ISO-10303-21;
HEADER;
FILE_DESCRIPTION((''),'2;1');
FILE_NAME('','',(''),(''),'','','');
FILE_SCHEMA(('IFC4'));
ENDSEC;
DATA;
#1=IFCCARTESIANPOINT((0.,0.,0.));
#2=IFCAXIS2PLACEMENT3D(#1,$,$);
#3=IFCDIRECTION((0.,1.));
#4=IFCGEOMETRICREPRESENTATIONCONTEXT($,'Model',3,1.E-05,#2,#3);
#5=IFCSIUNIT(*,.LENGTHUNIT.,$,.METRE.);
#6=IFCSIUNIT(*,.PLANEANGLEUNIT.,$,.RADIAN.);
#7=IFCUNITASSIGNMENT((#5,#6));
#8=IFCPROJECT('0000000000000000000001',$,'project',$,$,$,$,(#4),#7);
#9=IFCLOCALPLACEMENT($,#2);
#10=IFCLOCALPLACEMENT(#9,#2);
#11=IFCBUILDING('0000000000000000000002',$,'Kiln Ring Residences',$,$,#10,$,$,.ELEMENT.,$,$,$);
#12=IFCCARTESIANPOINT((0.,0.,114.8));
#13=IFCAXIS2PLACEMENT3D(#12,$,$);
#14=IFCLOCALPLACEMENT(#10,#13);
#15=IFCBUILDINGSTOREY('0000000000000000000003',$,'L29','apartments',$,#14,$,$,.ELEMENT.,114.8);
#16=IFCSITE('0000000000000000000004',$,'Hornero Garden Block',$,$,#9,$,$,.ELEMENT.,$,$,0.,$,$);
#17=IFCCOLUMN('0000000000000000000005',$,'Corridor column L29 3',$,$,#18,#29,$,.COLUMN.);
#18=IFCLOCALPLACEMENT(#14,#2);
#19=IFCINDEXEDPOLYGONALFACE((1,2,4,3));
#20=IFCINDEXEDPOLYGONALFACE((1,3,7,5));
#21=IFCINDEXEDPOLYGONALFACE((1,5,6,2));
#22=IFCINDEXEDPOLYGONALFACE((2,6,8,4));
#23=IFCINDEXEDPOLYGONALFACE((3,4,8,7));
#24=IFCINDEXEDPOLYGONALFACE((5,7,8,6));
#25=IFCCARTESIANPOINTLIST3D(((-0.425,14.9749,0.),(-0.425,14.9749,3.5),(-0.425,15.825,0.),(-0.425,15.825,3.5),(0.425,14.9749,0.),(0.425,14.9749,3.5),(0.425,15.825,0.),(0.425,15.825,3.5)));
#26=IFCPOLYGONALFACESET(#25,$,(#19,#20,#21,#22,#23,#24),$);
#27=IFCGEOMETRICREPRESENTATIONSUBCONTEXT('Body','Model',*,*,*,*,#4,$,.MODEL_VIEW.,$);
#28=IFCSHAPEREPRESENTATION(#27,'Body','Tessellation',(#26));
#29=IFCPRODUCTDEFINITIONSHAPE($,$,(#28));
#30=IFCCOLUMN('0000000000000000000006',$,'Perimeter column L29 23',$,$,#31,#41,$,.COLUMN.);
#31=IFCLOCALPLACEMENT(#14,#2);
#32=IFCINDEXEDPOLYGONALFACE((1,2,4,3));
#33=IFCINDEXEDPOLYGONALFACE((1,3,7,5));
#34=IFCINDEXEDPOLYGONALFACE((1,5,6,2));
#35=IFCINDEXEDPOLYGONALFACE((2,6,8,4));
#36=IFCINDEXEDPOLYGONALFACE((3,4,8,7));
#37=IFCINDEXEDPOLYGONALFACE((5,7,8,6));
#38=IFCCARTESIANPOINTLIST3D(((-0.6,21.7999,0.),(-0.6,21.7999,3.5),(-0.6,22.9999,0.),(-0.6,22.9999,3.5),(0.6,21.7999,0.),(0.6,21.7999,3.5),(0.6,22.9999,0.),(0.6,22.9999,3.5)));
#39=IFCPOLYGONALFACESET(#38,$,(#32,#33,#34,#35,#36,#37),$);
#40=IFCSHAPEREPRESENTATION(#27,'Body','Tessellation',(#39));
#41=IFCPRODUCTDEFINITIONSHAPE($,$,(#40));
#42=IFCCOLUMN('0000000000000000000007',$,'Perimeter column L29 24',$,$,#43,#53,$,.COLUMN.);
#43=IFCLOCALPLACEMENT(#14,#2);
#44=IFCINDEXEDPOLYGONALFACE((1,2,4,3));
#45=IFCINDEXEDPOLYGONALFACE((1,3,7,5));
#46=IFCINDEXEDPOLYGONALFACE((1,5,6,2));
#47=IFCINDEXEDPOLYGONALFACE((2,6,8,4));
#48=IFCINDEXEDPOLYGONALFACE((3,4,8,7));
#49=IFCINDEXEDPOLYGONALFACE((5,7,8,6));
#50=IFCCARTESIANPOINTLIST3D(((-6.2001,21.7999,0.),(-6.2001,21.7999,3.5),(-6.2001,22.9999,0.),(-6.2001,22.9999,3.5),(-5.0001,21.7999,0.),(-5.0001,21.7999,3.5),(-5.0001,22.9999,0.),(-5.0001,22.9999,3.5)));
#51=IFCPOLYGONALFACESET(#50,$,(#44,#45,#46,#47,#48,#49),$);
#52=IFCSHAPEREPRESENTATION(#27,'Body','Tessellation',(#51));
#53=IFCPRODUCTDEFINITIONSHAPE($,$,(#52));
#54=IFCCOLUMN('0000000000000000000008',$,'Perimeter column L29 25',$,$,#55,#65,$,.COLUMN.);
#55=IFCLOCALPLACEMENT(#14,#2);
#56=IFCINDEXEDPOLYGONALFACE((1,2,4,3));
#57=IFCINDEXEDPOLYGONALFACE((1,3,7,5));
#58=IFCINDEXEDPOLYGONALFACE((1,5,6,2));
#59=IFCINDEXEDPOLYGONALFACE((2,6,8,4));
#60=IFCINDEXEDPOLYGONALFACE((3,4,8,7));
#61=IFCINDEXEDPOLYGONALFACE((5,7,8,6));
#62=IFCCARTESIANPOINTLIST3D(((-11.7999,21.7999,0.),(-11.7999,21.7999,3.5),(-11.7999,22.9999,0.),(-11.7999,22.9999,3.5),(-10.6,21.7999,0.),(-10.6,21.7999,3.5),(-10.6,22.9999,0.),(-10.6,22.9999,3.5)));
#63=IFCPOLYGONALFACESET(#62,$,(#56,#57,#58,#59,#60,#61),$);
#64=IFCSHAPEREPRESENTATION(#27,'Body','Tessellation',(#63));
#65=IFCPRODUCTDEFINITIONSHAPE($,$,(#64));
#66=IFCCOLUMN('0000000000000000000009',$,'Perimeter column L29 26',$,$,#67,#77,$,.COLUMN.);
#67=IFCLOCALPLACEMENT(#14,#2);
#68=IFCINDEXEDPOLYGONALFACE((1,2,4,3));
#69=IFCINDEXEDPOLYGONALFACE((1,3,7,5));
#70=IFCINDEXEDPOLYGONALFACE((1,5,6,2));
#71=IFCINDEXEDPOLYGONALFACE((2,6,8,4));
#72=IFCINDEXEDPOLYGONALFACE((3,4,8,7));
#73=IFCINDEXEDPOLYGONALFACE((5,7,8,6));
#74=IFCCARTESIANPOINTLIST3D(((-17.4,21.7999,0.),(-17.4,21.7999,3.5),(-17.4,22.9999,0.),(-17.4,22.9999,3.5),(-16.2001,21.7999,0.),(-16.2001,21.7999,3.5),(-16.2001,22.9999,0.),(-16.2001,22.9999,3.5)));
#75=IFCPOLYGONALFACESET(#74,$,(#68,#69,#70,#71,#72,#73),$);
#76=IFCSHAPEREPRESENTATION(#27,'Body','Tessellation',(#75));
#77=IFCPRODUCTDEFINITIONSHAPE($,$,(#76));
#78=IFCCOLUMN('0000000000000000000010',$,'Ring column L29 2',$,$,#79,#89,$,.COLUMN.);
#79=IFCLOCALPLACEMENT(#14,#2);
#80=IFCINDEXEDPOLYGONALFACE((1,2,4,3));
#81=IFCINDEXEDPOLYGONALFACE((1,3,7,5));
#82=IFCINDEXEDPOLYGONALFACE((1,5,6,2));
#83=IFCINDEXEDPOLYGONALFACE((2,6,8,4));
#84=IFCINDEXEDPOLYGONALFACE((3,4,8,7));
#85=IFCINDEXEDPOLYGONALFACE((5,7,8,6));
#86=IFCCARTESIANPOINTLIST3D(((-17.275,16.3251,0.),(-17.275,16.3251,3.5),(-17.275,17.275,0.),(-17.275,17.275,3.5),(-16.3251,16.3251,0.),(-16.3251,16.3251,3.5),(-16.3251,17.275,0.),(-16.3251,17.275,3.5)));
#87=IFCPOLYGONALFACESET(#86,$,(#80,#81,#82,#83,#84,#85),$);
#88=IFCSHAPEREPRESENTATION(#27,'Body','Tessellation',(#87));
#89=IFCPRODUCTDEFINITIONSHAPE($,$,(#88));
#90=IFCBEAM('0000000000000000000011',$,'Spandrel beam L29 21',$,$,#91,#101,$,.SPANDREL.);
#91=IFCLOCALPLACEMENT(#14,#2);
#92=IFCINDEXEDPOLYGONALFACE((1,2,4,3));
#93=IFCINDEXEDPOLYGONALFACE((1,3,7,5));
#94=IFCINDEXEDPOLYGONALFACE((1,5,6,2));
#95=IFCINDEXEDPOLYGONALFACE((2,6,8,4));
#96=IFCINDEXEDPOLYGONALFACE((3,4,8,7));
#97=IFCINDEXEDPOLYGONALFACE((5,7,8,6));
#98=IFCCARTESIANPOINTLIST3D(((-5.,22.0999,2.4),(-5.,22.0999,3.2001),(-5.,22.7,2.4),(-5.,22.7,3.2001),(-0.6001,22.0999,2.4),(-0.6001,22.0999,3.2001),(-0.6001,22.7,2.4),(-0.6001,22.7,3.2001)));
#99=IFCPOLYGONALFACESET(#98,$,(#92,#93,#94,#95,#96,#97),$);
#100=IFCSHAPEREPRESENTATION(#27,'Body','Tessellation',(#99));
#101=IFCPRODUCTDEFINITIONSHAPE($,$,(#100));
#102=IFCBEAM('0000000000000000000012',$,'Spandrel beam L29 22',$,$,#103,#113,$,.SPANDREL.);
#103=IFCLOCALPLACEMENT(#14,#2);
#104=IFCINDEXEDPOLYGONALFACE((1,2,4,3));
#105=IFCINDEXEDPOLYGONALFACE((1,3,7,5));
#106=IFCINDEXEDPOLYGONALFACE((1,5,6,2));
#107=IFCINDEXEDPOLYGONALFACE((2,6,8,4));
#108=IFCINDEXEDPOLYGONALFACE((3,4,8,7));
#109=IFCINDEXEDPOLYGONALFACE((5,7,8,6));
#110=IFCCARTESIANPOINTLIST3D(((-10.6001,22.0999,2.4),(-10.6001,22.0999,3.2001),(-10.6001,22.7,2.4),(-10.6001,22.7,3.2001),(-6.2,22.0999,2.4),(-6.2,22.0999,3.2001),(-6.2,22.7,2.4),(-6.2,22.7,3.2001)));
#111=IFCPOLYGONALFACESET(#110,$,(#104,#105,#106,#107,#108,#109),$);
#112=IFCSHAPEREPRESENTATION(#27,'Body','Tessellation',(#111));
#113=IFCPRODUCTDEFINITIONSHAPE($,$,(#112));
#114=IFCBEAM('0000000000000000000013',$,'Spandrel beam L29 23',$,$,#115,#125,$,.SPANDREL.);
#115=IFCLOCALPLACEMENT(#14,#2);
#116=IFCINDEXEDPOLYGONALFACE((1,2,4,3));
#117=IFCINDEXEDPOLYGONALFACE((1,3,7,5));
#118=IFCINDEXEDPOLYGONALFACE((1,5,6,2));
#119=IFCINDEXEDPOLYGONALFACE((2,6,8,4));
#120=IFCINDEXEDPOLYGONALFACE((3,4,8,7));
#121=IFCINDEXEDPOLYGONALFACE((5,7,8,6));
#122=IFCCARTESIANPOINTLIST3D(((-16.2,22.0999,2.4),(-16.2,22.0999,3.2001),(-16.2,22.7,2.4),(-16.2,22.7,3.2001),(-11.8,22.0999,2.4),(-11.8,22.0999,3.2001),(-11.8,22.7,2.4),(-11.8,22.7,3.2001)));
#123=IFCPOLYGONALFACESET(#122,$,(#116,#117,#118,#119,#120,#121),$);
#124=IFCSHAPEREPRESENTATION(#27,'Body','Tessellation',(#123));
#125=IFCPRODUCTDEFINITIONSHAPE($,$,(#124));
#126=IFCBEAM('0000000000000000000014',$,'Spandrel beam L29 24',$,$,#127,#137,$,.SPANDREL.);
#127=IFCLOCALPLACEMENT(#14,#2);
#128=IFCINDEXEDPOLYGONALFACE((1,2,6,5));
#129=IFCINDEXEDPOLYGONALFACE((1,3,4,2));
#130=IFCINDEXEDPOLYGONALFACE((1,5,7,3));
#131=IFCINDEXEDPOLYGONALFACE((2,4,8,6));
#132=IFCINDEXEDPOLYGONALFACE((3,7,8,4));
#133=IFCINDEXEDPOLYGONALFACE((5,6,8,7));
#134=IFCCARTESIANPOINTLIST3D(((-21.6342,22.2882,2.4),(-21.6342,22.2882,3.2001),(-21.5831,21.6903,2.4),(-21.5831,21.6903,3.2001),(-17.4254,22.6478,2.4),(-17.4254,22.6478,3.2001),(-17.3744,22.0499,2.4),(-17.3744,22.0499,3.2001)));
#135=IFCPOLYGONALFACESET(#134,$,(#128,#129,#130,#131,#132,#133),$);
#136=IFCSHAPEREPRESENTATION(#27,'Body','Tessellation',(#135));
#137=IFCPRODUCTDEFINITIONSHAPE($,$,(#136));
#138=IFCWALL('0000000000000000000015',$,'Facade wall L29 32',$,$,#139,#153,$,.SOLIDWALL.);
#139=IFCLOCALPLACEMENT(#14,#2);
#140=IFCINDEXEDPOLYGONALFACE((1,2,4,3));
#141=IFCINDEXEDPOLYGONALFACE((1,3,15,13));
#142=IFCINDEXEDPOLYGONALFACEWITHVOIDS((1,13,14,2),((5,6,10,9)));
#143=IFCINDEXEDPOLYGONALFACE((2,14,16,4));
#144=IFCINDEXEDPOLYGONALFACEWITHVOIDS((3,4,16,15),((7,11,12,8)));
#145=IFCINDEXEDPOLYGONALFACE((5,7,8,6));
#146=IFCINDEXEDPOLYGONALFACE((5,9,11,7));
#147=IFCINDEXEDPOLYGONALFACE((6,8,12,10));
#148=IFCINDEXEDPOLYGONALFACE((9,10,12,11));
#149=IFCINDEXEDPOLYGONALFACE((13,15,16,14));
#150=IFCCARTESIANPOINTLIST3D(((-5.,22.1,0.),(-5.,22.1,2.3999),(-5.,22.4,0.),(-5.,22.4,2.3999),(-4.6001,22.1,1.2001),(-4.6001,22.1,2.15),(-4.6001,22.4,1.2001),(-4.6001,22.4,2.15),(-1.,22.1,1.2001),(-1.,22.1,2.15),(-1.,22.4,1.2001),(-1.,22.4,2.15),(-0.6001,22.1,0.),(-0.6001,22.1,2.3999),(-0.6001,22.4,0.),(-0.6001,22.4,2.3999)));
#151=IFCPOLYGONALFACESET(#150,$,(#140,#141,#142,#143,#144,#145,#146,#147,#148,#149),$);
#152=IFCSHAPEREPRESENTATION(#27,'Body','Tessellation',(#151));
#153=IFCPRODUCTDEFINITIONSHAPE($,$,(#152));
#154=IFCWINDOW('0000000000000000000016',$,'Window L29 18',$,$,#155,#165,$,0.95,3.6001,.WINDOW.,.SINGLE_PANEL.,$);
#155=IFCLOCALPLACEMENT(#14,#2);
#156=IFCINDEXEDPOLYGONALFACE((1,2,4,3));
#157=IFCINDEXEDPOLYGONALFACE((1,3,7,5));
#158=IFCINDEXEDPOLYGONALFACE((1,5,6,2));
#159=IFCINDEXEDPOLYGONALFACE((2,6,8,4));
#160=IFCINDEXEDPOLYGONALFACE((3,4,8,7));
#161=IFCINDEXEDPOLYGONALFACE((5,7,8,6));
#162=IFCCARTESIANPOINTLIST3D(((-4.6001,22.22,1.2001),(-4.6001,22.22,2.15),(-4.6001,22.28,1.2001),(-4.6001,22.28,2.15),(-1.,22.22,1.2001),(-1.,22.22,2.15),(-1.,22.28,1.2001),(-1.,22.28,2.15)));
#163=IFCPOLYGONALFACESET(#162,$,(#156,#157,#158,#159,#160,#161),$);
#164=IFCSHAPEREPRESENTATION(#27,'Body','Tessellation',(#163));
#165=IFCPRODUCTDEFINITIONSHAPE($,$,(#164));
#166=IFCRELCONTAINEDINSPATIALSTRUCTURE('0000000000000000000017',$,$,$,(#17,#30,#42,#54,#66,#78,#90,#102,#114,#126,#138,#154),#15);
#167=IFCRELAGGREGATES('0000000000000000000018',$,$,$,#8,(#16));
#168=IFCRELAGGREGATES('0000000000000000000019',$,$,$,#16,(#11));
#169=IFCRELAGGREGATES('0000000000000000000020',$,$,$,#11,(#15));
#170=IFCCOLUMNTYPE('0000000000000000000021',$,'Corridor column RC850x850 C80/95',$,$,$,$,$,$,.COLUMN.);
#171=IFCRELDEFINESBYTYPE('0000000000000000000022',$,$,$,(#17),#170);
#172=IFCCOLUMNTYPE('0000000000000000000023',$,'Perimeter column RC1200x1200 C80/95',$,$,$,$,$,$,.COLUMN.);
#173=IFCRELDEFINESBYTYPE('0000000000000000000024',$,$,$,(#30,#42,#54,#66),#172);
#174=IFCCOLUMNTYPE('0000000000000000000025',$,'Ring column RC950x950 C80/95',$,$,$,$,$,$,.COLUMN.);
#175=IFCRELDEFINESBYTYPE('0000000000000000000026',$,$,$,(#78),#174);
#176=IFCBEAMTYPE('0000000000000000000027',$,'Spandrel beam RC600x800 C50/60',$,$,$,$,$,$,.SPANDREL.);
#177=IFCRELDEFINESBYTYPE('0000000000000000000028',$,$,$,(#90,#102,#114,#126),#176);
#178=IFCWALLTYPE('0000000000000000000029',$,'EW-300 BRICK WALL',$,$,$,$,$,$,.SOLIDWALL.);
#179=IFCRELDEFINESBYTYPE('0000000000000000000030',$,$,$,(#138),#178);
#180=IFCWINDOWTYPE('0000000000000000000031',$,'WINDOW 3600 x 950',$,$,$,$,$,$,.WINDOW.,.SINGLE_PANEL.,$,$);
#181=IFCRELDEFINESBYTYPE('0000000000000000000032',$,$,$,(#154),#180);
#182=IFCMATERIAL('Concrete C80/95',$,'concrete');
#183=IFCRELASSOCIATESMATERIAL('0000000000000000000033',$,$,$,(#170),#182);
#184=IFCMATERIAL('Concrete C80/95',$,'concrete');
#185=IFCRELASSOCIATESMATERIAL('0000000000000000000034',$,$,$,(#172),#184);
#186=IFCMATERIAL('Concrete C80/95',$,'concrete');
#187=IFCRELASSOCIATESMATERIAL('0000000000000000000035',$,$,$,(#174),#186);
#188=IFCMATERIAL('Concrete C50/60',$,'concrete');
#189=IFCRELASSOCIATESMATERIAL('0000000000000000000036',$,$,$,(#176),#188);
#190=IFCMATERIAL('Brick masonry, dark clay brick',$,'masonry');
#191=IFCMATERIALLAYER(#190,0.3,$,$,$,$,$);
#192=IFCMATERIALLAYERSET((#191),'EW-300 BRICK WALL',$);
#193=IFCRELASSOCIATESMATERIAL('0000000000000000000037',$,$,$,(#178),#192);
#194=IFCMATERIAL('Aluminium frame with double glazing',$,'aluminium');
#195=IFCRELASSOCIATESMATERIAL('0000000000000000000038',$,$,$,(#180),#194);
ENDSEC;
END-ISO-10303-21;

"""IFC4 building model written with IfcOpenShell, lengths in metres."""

from ifc_helpers import new_model, si_unit, direction, frame, frame_2d, origin, origin_2d, place, context, subcontext, project, spatial, rectangle, extrude, material, layer, layer_set, material_profile, profile_set, type_object, element, fill, save


model = new_model("IFC4")

# Units and contexts
model_context = context("Model", 3, precision=1e-05, world=origin(), true_north=direction((0.0, 1.0)))
body_context = subcontext(model_context, "Body", "Model", "MODEL_VIEW")
ifc_project = project(units=[si_unit("LENGTHUNIT", "METRE"), si_unit("PLANEANGLEUNIT", "RADIAN")], contexts=[model_context])

# Site, building, storey
site_placement = place(None, origin())
site = spatial("IfcSite", under=ifc_project, at=site_placement, Name="Hornero Garden Block", CompositionType="ELEMENT", RefElevation=0.0)
building_placement = place(site_placement, origin())
building = spatial("IfcBuilding", under=site, at=building_placement, Name="Kiln Ring Residences", CompositionType="ELEMENT")
storey_placement = place(building_placement, frame((0.0, 0.0, 114.8)))
storey = spatial("IfcBuildingStorey", under=building, at=storey_placement, Name="L29", Description="apartments", CompositionType="ELEMENT", Elevation=114.8)

# Columns
ifc_material_1 = material(Name="Concrete C80/95", Category="concrete")
ifc_material_profile_1 = material_profile(ifc_material_1, rectangle(XDim=0.8501, YDim=0.8501, at=origin_2d()), Name="RC850x850")
ifc_profile_set_1 = profile_set([ifc_material_profile_1], Name="Concrete C80/95")
column_type_1 = type_object("IfcColumnType", Name="Corridor column RC850x850 C80/95", PredefinedType="COLUMN", material=ifc_profile_set_1)
column_1_placement = place(storey_placement, frame((0.0, 15.3999, 0.0), z_axis=(0.0, 0.0, 1.0), x_axis=(1.0, 0.0, 0.0)))
element("IfcColumn", 1, at=column_1_placement, inside=storey, type_object=column_type_1, Name="Corridor column L29 3", PredefinedType="COLUMN", context=body_context, shape_type="SweptSolid", body=[
    extrude(rectangle(XDim=0.8501, YDim=0.8501, at=origin_2d()), origin(), (0.0, 0.0, 1.0), 3.5),
])
ifc_material_2 = material(Name="Concrete C80/95", Category="concrete")
ifc_material_profile_2 = material_profile(ifc_material_2, rectangle(XDim=1.2, YDim=1.2, at=origin_2d()), Name="RC1200x1200")
ifc_profile_set_2 = profile_set([ifc_material_profile_2], Name="Concrete C80/95")
column_type_2 = type_object("IfcColumnType", Name="Perimeter column RC1200x1200 C80/95", PredefinedType="COLUMN", material=ifc_profile_set_2)
for number, where, z_axis, x_axis, name in (
    (2, (0.0, 22.3999, 0.0), (0.0, 0.0, 1.0), (1.0, 0.0, 0.0), "Perimeter column L29 23"),
    (3, (-5.6001, 22.3999, 0.0), (0.0, 0.0, 1.0), (1.0, 0.0, 0.0), "Perimeter column L29 24"),
    (4, (-11.2, 22.3999, 0.0), (0.0, 0.0, 1.0), (1.0, 0.0, 0.0), "Perimeter column L29 25"),
    (5, (-16.8, 22.3999, 0.0), (0.0, 0.0, 1.0), (1.0, 0.0, 0.0), "Perimeter column L29 26"),
):
    element("IfcColumn", number, at=place(storey_placement, frame(where, z_axis=z_axis, x_axis=x_axis)), inside=storey, type_object=column_type_2, Name=name, PredefinedType="COLUMN", context=body_context, shape_type="SweptSolid", body=[
        extrude(rectangle(XDim=1.2, YDim=1.2, at=origin_2d()), origin(), (0.0, 0.0, 1.0), 3.5),
    ])
ifc_material_3 = material(Name="Concrete C80/95", Category="concrete")
ifc_material_profile_3 = material_profile(ifc_material_3, rectangle(XDim=0.95, YDim=0.95, at=origin_2d()), Name="RC950x950")
ifc_profile_set_3 = profile_set([ifc_material_profile_3], Name="Concrete C80/95")
column_type_3 = type_object("IfcColumnType", Name="Ring column RC950x950 C80/95", PredefinedType="COLUMN", material=ifc_profile_set_3)
column_2_placement = place(storey_placement, frame((-16.8, 16.8, 0.0), z_axis=(0.0, 0.0, 1.0), x_axis=(1.0, 0.0, 0.0)))
element("IfcColumn", 6, at=column_2_placement, inside=storey, type_object=column_type_3, Name="Ring column L29 2", PredefinedType="COLUMN", context=body_context, shape_type="SweptSolid", body=[
    extrude(rectangle(XDim=0.95, YDim=0.95, at=origin_2d()), origin(), (0.0, 0.0, 1.0), 3.5),
])

# Beams
ifc_material_4 = material(Name="Concrete C50/60", Category="concrete")
ifc_material_profile_4 = material_profile(ifc_material_4, rectangle(XDim=0.6001, YDim=0.8, at=origin_2d()), Name="RC600x800")
ifc_profile_set_4 = profile_set([ifc_material_profile_4], Name="Concrete C50/60")
beam_type = type_object("IfcBeamType", Name="Spandrel beam RC600x800 C50/60", PredefinedType="SPANDREL", material=ifc_profile_set_4)
beam_1_placement = place(storey_placement, frame((-0.6001, 22.3999, 2.8), z_axis=(-1.0, 0.0, 0.0), x_axis=(0.0, -1.0, 0.0)))
element("IfcBeam", 7, at=beam_1_placement, inside=storey, type_object=beam_type, Name="Spandrel beam L29 21", PredefinedType="SPANDREL", context=body_context, shape_type="SweptSolid", body=[
    extrude(rectangle(XDim=0.6001, YDim=0.8, at=origin_2d()), origin(), (0.0, 0.0, 1.0), 4.3999),
])
beam_2_placement = place(storey_placement, frame((-6.2, 22.3999, 2.8), z_axis=(-1.0, 0.0, 0.0), x_axis=(0.0, -1.0, 0.0)))
element("IfcBeam", 8, at=beam_2_placement, inside=storey, type_object=beam_type, Name="Spandrel beam L29 22", PredefinedType="SPANDREL", context=body_context, shape_type="SweptSolid", body=[
    extrude(rectangle(XDim=0.6001, YDim=0.8, at=origin_2d()), origin(), (0.0, 0.0, 1.0), 4.4001),
])
beam_3_placement = place(storey_placement, frame((-11.8, 22.3999, 2.8), z_axis=(-1.0, 0.0, 0.0), x_axis=(0.0, -1.0, 0.0)))
element("IfcBeam", 9, at=beam_3_placement, inside=storey, type_object=beam_type, Name="Spandrel beam L29 23", PredefinedType="SPANDREL", context=body_context, shape_type="SweptSolid", body=[
    extrude(rectangle(XDim=0.6001, YDim=0.8, at=origin_2d()), origin(), (0.0, 0.0, 1.0), 4.3999),
])
beam_4_placement = place(storey_placement, frame((-17.3999, 22.3489, 2.8), z_axis=(-0.996369, -0.085136, 0.0), x_axis=(0.085136, -0.996369, 0.0)))
element("IfcBeam", 10, at=beam_4_placement, inside=storey, type_object=beam_type, Name="Spandrel beam L29 24", PredefinedType="SPANDREL", context=body_context, shape_type="SweptSolid", body=[
    extrude(rectangle(XDim=0.6001, YDim=0.8, at=origin_2d()), origin(), (0.0, 0.0, 1.0), 4.2241),
])

# Wall, opening, window
ifc_material_5 = material(Name="Brick masonry, dark clay brick", Category="masonry")
ifc_layer_1 = layer(ifc_material_5, 0.3)
ifc_layer_set_1 = layer_set([ifc_layer_1], Name="EW-300 BRICK WALL")
wall_type_1 = type_object("IfcWallType", Name="EW-300 BRICK WALL", PredefinedType="SOLIDWALL", material=ifc_layer_set_1)
wall_1_placement = place(storey_placement, frame((-0.6001, 22.25, 0.0), z_axis=(0.0, 0.0, 1.0), x_axis=(-1.0, 0.0, 0.0)))
wall_1 = element("IfcWall", 11, at=wall_1_placement, inside=storey, type_object=wall_type_1, Name="Facade wall L29 32", PredefinedType="SOLIDWALL", context=body_context, shape_type="SweptSolid", body=[
    extrude(rectangle(XDim=4.3999, YDim=0.3, at=frame_2d((2.2, 0.0))), origin(), (0.0, 0.0, 1.0), 2.3999),
])
opening_1_placement = place(wall_1_placement, frame((0.3999, 0.0, 1.2)))
opening_1 = element("IfcOpeningElement", 12, at=opening_1_placement, cuts=wall_1, PredefinedType="OPENING", context=body_context, shape_type="SweptSolid", body=[
    extrude(rectangle(XDim=3.6001, YDim=0.95, at=frame_2d((1.8, 0.4751))), frame((0.0, 0.1599, 0.0), z_axis=(0.0, -1.0, 0.0), x_axis=(1.0, 0.0, 0.0)), (0.0, 0.0, 1.0), 0.3201),
])
ifc_material_6 = material(Name="Aluminium frame with double glazing", Category="aluminium")
window_type_1 = type_object("IfcWindowType", Name="WINDOW 3600 x 950", PartitioningType="SINGLE_PANEL", PredefinedType="WINDOW", material=ifc_material_6)
window_1_placement = place(opening_1_placement, origin())
window_1 = element("IfcWindow", 13, at=window_1_placement, inside=storey, type_object=window_type_1, Name="Window L29 18", OverallHeight=0.95, OverallWidth=3.6001, PartitioningType="SINGLE_PANEL", PredefinedType="WINDOW", context=body_context, shape_type="SweptSolid", body=[
    extrude(rectangle(XDim=3.6001, YDim=0.95, at=frame_2d((1.8, 0.4751))), frame((0.0, 0.03, 0.0), z_axis=(0.0, -1.0, 0.0), x_axis=(1.0, 0.0, 0.0)), (0.0, 0.0, 1.0), 0.0601),
])
fill(opening_1, window_1)

save(model, "model.ifc")
